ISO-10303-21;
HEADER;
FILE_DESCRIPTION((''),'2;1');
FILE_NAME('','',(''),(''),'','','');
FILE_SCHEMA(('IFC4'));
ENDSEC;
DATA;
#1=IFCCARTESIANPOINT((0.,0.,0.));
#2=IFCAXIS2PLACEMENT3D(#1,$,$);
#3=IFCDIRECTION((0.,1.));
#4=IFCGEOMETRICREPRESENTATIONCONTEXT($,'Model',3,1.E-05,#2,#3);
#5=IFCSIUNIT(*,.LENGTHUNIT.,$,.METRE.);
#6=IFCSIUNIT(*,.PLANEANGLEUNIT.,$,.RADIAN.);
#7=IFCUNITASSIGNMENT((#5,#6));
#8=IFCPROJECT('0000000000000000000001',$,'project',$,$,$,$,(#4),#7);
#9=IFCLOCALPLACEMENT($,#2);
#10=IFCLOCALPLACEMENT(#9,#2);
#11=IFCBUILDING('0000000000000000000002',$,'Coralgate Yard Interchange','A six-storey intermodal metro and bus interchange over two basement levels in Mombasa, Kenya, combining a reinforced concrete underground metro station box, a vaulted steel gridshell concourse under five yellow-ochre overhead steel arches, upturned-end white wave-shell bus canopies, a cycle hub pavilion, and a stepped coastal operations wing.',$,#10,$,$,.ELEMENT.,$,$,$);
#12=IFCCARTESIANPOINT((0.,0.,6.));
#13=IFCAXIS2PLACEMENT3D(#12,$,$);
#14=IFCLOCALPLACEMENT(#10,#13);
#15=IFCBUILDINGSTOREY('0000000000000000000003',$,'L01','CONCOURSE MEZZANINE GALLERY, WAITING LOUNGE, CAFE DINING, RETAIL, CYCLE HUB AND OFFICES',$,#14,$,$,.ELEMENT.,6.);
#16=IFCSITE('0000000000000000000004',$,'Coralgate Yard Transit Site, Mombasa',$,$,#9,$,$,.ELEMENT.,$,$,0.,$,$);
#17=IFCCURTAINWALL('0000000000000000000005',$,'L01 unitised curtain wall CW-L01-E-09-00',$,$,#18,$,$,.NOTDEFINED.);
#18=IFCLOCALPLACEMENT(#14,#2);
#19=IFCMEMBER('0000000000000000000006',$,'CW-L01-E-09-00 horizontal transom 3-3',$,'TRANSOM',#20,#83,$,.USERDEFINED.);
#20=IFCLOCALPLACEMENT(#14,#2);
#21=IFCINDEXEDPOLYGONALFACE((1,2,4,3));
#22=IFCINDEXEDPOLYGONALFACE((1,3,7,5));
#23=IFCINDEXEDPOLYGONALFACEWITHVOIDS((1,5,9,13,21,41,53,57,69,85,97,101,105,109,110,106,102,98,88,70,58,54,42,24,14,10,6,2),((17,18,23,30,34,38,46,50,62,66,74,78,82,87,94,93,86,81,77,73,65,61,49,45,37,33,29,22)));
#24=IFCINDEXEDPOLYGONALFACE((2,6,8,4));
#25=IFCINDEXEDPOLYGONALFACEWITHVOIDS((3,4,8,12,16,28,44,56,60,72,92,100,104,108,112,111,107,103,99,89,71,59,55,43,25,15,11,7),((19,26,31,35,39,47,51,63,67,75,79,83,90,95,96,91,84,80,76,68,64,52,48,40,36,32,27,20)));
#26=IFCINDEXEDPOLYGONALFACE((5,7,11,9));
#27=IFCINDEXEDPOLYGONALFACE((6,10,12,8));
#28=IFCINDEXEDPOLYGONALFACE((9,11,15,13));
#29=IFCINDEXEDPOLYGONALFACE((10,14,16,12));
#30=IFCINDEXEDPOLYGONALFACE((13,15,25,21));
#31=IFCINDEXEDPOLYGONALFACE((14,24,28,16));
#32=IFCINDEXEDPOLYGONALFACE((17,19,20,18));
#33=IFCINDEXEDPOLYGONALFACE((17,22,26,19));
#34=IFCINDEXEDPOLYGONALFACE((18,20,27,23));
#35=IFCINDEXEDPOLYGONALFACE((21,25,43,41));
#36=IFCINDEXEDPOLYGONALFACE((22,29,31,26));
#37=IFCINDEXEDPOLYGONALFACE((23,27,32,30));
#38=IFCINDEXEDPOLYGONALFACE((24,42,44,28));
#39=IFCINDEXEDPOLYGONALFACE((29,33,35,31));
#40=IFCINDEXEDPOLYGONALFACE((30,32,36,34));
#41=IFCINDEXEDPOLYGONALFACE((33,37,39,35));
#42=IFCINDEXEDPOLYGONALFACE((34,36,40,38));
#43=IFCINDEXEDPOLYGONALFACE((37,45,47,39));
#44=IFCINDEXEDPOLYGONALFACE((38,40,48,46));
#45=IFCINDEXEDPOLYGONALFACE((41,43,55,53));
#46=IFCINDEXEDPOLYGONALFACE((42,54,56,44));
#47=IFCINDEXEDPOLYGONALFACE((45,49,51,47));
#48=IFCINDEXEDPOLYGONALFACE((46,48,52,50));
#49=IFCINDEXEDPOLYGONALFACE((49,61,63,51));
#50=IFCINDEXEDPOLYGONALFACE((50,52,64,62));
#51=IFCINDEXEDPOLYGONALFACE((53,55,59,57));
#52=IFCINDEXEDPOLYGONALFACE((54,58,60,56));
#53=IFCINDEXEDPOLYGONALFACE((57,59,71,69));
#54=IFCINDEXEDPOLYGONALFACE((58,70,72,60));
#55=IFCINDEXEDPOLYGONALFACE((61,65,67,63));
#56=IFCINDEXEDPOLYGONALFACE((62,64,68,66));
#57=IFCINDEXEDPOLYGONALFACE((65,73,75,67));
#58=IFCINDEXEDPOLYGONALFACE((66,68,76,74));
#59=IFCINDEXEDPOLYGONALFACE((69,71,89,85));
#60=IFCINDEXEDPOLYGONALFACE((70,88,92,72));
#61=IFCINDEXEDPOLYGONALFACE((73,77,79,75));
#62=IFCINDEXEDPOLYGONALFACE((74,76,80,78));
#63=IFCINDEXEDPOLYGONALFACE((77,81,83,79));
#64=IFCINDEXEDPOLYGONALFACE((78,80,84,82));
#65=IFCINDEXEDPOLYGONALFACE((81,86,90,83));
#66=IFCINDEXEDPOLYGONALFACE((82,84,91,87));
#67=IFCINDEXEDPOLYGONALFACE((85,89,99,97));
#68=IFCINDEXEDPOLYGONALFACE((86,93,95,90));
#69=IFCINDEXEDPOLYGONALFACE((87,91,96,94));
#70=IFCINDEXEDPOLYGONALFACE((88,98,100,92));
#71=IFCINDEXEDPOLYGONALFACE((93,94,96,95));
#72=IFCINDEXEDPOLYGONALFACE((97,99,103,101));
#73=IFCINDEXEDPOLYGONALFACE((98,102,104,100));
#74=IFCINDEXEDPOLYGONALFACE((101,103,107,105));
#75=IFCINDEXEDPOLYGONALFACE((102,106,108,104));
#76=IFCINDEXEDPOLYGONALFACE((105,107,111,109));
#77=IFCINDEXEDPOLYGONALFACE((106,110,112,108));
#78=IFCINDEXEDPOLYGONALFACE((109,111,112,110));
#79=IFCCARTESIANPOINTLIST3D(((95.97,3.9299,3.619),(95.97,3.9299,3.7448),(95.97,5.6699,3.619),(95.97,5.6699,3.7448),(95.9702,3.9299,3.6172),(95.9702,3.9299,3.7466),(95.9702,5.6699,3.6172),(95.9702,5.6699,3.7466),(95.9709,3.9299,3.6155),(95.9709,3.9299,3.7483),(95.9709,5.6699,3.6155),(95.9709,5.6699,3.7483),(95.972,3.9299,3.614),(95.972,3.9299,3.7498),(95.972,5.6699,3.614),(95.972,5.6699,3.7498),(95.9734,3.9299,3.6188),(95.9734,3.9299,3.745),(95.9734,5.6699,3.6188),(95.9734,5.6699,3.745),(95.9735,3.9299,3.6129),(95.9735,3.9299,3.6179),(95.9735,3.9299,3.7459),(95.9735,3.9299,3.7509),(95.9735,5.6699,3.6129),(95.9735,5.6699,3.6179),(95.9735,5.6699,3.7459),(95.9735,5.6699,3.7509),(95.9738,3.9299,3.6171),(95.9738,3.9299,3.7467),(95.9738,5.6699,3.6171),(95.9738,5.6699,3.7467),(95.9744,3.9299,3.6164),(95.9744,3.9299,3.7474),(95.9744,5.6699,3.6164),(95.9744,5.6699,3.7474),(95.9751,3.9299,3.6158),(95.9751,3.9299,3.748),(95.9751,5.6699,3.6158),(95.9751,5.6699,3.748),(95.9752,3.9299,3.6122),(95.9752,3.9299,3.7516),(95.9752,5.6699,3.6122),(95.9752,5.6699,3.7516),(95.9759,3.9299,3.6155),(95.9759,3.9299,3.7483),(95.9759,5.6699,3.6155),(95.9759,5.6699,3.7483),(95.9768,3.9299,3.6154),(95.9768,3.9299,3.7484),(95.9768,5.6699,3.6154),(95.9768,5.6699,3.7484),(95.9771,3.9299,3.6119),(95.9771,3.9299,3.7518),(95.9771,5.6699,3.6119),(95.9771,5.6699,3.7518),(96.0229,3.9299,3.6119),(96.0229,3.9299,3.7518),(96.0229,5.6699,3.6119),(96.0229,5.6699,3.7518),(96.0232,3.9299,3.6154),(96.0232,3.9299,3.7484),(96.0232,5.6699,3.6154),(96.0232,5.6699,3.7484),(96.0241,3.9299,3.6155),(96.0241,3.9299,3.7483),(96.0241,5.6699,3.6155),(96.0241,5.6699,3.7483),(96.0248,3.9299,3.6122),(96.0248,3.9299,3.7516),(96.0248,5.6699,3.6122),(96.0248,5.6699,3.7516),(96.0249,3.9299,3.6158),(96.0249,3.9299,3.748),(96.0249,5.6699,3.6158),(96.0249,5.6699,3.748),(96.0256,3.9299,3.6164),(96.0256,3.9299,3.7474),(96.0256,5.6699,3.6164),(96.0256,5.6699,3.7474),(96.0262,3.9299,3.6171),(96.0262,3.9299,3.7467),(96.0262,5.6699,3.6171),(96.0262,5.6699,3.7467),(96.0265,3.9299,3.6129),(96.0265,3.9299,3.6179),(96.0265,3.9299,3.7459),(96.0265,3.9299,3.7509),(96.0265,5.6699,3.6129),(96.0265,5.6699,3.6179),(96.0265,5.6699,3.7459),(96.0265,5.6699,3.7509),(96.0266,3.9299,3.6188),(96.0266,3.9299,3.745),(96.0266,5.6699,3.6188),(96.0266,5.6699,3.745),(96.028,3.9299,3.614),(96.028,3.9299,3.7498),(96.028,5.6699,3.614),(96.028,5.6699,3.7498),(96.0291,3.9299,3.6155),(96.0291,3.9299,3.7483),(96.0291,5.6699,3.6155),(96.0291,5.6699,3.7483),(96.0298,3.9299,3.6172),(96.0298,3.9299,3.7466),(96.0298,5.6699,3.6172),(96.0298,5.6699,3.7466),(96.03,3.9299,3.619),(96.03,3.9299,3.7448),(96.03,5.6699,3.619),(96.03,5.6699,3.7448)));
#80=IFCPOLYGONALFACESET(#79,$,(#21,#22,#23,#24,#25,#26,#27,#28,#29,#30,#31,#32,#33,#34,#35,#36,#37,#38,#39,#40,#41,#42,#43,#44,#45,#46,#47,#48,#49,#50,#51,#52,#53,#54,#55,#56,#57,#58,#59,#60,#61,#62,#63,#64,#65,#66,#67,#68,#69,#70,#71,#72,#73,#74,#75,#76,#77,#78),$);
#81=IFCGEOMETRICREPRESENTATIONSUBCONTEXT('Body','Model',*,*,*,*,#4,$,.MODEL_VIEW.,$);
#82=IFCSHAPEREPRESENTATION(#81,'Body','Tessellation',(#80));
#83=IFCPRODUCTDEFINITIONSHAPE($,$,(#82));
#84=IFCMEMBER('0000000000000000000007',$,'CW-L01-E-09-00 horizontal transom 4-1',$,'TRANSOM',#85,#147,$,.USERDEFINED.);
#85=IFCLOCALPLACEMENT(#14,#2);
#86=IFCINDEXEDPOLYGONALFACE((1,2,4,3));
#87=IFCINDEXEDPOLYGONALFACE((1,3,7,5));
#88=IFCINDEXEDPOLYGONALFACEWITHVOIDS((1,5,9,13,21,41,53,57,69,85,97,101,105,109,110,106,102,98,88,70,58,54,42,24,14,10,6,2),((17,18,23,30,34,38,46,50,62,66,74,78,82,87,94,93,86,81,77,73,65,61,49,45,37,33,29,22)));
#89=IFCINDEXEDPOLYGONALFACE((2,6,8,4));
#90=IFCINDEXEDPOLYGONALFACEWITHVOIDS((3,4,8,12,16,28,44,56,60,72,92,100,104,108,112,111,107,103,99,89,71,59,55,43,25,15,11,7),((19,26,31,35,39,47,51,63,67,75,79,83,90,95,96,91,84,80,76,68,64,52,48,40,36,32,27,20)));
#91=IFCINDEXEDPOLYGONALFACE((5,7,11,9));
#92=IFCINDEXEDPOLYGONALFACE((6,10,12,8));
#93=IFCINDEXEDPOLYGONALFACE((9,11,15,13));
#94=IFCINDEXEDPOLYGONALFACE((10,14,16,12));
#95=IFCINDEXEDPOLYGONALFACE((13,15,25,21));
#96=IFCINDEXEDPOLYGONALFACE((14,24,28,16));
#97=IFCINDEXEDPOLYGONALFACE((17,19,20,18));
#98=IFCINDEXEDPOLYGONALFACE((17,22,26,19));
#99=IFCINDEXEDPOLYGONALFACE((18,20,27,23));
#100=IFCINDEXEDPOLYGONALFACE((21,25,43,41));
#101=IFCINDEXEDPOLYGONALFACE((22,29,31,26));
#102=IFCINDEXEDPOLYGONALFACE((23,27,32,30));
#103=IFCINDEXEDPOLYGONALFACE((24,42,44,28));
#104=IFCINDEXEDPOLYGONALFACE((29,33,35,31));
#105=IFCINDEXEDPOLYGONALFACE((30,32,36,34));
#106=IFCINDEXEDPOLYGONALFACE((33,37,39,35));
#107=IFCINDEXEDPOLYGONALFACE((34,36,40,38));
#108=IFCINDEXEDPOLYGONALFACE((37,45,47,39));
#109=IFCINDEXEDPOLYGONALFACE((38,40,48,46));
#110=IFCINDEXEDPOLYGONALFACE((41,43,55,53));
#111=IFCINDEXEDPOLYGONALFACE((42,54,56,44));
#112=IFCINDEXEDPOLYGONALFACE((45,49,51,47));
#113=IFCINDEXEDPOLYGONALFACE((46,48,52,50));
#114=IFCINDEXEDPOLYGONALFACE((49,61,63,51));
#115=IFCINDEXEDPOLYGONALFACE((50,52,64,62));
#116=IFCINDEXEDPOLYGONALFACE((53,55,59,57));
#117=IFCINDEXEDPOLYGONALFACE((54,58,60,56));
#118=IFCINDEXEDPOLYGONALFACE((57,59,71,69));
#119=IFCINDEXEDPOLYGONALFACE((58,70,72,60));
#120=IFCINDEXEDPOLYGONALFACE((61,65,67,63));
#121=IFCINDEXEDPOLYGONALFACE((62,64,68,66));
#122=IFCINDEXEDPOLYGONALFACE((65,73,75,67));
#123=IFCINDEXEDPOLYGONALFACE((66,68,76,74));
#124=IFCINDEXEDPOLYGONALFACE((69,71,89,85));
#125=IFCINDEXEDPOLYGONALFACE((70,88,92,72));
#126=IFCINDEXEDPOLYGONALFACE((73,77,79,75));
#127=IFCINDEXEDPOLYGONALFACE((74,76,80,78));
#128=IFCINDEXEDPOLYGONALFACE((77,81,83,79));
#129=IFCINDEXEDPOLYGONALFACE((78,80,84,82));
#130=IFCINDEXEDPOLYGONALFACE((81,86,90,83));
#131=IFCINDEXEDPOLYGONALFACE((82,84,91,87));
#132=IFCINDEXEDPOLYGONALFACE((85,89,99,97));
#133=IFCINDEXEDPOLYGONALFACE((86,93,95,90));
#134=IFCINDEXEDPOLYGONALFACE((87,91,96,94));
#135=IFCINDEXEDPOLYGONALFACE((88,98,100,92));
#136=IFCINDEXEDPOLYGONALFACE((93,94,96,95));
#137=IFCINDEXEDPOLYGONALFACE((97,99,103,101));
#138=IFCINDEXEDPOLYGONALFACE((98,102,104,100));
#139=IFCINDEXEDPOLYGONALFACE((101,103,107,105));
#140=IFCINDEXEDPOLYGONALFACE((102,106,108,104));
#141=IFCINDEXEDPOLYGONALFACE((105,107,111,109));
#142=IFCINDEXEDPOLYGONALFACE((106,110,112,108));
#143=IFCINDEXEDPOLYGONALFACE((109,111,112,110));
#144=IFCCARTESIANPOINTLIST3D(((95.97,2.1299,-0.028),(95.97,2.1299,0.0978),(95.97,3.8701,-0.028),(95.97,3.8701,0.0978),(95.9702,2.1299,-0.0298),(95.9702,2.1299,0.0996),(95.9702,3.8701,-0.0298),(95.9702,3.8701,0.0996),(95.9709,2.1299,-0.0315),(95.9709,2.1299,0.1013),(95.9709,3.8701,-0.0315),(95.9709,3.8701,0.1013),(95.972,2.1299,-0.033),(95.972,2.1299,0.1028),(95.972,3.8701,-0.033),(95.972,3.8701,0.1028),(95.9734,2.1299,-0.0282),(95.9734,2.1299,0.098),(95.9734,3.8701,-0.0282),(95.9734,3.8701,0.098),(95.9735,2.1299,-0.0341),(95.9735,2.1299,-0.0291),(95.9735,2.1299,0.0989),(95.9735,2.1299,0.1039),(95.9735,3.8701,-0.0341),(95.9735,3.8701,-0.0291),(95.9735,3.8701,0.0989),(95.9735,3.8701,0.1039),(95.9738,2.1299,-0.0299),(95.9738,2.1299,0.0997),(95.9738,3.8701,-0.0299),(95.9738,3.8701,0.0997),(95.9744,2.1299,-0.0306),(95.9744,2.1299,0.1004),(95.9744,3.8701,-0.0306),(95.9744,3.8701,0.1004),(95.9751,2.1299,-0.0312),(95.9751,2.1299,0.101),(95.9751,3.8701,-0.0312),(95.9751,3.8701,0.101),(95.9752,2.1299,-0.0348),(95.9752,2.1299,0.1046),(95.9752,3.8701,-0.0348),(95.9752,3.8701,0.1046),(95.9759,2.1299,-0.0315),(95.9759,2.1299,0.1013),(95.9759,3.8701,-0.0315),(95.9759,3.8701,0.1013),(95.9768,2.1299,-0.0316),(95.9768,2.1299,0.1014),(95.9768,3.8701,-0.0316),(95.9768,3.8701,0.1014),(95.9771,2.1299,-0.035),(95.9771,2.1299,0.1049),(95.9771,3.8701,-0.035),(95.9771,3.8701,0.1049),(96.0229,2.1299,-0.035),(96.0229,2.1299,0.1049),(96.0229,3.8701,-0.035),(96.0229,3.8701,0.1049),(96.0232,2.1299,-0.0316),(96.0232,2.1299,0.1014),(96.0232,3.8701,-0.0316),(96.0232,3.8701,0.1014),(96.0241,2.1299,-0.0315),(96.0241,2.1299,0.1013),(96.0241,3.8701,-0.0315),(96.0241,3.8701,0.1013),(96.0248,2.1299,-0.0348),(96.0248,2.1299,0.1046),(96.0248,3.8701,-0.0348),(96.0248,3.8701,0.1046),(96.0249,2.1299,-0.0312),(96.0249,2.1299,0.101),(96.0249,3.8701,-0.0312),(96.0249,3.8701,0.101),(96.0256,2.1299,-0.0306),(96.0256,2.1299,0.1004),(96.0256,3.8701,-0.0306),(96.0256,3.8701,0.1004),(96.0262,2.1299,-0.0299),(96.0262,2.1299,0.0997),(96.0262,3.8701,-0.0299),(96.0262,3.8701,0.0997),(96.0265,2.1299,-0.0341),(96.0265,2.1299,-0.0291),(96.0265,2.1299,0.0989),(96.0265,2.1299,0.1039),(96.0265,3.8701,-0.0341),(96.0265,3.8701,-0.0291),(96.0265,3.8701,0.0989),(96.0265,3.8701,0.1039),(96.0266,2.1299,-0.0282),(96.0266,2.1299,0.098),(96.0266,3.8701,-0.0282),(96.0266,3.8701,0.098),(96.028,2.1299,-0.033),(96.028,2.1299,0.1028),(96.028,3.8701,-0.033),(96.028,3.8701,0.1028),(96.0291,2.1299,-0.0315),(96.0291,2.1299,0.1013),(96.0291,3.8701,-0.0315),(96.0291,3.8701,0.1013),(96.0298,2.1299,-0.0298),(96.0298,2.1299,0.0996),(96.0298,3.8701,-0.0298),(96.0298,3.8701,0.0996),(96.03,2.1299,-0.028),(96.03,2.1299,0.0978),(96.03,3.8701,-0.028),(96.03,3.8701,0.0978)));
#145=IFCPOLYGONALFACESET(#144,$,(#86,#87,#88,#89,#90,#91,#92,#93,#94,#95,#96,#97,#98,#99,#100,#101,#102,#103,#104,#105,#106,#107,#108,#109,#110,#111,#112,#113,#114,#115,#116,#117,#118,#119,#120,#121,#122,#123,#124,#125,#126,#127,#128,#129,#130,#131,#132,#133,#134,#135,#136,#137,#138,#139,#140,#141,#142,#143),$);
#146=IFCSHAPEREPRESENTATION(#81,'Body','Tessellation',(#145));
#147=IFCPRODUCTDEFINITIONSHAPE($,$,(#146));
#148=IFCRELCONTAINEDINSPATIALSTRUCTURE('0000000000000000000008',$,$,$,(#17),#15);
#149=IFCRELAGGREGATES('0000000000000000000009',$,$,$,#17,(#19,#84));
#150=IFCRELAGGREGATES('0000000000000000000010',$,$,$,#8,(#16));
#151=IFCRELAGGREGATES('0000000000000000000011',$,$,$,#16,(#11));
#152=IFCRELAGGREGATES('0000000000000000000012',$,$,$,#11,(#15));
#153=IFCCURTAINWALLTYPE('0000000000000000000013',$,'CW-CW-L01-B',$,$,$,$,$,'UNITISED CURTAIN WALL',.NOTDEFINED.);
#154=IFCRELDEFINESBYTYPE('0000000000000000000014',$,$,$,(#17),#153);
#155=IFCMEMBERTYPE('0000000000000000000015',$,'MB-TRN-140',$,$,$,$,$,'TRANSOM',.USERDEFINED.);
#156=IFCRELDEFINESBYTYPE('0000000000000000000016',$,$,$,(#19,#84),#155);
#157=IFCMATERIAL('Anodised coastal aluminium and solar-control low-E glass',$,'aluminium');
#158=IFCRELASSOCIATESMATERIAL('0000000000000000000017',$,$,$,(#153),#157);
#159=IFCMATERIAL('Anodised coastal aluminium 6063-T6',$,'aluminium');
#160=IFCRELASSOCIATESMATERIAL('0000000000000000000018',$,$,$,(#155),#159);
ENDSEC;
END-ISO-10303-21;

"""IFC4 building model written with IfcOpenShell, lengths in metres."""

from ifc_helpers import new_model, si_unit, direction, frame, origin, origin_2d, place, context, subcontext, project, spatial, hollow_rectangle, extrude, material, material_profile, profile_set, type_object, element, aggregate, save


model = new_model("IFC4")

# Units and contexts
model_context = context("Model", 3, precision=1e-05, world=origin(), true_north=direction((0.0, 1.0)))
body_context = subcontext(model_context, "Body", "Model", "MODEL_VIEW")
ifc_project = project(units=[si_unit("LENGTHUNIT", "METRE"), si_unit("PLANEANGLEUNIT", "RADIAN")], contexts=[model_context])

# Site, building, storey
site_placement = place(None, origin())
site = spatial("IfcSite", under=ifc_project, at=site_placement, Name="Coralgate Yard Transit Site, Mombasa", CompositionType="ELEMENT", RefElevation=0.0)
building_placement = place(site_placement, origin())
building = spatial("IfcBuilding", under=site, at=building_placement, Name="Coralgate Yard Interchange", Description="A six-storey intermodal metro and bus interchange over two basement levels in Mombasa, Kenya, combining a reinforced concrete underground metro station box, a vaulted steel gridshell concourse under five yellow-ochre overhead steel arches, upturned-end white wave-shell bus canopies, a cycle hub pavilion, and a stepped coastal operations wing.", CompositionType="ELEMENT")
storey_placement = place(building_placement, frame((0.0, 0.0, 6.0)))
storey = spatial("IfcBuildingStorey", under=building, at=storey_placement, Name="L01", Description="CONCOURSE MEZZANINE GALLERY, WAITING LOUNGE, CAFE DINING, RETAIL, CYCLE HUB AND OFFICES", CompositionType="ELEMENT", Elevation=6.0)

# Curtain wall, members
ifc_material_1 = material(Name="Anodised coastal aluminium and solar-control low-E glass", Category="aluminium")
curtain_wall_type = type_object("IfcCurtainWallType", Name="CW-CW-L01-B", ElementType="UNITISED CURTAIN WALL", PredefinedType="NOTDEFINED", material=ifc_material_1)
curtain_wall_placement = place(storey_placement, origin())
curtain_wall = element("IfcCurtainWall", 1, at=curtain_wall_placement, inside=storey, type_object=curtain_wall_type, Name="L01 unitised curtain wall CW-L01-E-09-00", PredefinedType="NOTDEFINED")
ifc_material_2 = material(Name="Anodised coastal aluminium 6063-T6", Category="aluminium")
ifc_material_profile_1 = material_profile(ifc_material_2, hollow_rectangle(XDim=0.0601, YDim=0.1399, WallThickness=0.0034, InnerFilletRadius=0.0034, OuterFilletRadius=0.0071, at=origin_2d()), Name="ALU 60x140x3.5")
ifc_profile_set_1 = profile_set([ifc_material_profile_1], Name="Anodised coastal aluminium 6063-T6")
member_type_1 = type_object("IfcMemberType", Name="MB-TRN-140", ElementType="TRANSOM", PredefinedType="USERDEFINED", material=ifc_profile_set_1)
member_1_placement = place(storey_placement, frame((96.0, 5.6699, 3.6819), z_axis=(0.0, -1.0, 0.0), x_axis=(1.0, 0.0, 0.0)))
member_1 = element("IfcMember", 2, at=member_1_placement, type_object=member_type_1, Name="CW-L01-E-09-00 horizontal transom 3-3", ObjectType="TRANSOM", PredefinedType="USERDEFINED", context=body_context, shape_type="SweptSolid", body=[
    extrude(hollow_rectangle(XDim=0.0601, YDim=0.1399, WallThickness=0.0034, InnerFilletRadius=0.0034, OuterFilletRadius=0.0071, at=origin_2d()), origin(), (0.0, 0.0, 1.0), 1.74),
])
member_2_placement = place(storey_placement, frame((96.0, 3.8701, 0.0349), z_axis=(0.0, -1.0, 0.0), x_axis=(1.0, 0.0, 0.0)))
member_2 = element("IfcMember", 3, at=member_2_placement, type_object=member_type_1, Name="CW-L01-E-09-00 horizontal transom 4-1", ObjectType="TRANSOM", PredefinedType="USERDEFINED", context=body_context, shape_type="SweptSolid", body=[
    extrude(hollow_rectangle(XDim=0.0601, YDim=0.1399, WallThickness=0.0034, InnerFilletRadius=0.0034, OuterFilletRadius=0.0071, at=origin_2d()), origin(), (0.0, 0.0, 1.0), 1.7402),
])
aggregate(curtain_wall, [member_1, member_2])

save(model, "model.ifc")
